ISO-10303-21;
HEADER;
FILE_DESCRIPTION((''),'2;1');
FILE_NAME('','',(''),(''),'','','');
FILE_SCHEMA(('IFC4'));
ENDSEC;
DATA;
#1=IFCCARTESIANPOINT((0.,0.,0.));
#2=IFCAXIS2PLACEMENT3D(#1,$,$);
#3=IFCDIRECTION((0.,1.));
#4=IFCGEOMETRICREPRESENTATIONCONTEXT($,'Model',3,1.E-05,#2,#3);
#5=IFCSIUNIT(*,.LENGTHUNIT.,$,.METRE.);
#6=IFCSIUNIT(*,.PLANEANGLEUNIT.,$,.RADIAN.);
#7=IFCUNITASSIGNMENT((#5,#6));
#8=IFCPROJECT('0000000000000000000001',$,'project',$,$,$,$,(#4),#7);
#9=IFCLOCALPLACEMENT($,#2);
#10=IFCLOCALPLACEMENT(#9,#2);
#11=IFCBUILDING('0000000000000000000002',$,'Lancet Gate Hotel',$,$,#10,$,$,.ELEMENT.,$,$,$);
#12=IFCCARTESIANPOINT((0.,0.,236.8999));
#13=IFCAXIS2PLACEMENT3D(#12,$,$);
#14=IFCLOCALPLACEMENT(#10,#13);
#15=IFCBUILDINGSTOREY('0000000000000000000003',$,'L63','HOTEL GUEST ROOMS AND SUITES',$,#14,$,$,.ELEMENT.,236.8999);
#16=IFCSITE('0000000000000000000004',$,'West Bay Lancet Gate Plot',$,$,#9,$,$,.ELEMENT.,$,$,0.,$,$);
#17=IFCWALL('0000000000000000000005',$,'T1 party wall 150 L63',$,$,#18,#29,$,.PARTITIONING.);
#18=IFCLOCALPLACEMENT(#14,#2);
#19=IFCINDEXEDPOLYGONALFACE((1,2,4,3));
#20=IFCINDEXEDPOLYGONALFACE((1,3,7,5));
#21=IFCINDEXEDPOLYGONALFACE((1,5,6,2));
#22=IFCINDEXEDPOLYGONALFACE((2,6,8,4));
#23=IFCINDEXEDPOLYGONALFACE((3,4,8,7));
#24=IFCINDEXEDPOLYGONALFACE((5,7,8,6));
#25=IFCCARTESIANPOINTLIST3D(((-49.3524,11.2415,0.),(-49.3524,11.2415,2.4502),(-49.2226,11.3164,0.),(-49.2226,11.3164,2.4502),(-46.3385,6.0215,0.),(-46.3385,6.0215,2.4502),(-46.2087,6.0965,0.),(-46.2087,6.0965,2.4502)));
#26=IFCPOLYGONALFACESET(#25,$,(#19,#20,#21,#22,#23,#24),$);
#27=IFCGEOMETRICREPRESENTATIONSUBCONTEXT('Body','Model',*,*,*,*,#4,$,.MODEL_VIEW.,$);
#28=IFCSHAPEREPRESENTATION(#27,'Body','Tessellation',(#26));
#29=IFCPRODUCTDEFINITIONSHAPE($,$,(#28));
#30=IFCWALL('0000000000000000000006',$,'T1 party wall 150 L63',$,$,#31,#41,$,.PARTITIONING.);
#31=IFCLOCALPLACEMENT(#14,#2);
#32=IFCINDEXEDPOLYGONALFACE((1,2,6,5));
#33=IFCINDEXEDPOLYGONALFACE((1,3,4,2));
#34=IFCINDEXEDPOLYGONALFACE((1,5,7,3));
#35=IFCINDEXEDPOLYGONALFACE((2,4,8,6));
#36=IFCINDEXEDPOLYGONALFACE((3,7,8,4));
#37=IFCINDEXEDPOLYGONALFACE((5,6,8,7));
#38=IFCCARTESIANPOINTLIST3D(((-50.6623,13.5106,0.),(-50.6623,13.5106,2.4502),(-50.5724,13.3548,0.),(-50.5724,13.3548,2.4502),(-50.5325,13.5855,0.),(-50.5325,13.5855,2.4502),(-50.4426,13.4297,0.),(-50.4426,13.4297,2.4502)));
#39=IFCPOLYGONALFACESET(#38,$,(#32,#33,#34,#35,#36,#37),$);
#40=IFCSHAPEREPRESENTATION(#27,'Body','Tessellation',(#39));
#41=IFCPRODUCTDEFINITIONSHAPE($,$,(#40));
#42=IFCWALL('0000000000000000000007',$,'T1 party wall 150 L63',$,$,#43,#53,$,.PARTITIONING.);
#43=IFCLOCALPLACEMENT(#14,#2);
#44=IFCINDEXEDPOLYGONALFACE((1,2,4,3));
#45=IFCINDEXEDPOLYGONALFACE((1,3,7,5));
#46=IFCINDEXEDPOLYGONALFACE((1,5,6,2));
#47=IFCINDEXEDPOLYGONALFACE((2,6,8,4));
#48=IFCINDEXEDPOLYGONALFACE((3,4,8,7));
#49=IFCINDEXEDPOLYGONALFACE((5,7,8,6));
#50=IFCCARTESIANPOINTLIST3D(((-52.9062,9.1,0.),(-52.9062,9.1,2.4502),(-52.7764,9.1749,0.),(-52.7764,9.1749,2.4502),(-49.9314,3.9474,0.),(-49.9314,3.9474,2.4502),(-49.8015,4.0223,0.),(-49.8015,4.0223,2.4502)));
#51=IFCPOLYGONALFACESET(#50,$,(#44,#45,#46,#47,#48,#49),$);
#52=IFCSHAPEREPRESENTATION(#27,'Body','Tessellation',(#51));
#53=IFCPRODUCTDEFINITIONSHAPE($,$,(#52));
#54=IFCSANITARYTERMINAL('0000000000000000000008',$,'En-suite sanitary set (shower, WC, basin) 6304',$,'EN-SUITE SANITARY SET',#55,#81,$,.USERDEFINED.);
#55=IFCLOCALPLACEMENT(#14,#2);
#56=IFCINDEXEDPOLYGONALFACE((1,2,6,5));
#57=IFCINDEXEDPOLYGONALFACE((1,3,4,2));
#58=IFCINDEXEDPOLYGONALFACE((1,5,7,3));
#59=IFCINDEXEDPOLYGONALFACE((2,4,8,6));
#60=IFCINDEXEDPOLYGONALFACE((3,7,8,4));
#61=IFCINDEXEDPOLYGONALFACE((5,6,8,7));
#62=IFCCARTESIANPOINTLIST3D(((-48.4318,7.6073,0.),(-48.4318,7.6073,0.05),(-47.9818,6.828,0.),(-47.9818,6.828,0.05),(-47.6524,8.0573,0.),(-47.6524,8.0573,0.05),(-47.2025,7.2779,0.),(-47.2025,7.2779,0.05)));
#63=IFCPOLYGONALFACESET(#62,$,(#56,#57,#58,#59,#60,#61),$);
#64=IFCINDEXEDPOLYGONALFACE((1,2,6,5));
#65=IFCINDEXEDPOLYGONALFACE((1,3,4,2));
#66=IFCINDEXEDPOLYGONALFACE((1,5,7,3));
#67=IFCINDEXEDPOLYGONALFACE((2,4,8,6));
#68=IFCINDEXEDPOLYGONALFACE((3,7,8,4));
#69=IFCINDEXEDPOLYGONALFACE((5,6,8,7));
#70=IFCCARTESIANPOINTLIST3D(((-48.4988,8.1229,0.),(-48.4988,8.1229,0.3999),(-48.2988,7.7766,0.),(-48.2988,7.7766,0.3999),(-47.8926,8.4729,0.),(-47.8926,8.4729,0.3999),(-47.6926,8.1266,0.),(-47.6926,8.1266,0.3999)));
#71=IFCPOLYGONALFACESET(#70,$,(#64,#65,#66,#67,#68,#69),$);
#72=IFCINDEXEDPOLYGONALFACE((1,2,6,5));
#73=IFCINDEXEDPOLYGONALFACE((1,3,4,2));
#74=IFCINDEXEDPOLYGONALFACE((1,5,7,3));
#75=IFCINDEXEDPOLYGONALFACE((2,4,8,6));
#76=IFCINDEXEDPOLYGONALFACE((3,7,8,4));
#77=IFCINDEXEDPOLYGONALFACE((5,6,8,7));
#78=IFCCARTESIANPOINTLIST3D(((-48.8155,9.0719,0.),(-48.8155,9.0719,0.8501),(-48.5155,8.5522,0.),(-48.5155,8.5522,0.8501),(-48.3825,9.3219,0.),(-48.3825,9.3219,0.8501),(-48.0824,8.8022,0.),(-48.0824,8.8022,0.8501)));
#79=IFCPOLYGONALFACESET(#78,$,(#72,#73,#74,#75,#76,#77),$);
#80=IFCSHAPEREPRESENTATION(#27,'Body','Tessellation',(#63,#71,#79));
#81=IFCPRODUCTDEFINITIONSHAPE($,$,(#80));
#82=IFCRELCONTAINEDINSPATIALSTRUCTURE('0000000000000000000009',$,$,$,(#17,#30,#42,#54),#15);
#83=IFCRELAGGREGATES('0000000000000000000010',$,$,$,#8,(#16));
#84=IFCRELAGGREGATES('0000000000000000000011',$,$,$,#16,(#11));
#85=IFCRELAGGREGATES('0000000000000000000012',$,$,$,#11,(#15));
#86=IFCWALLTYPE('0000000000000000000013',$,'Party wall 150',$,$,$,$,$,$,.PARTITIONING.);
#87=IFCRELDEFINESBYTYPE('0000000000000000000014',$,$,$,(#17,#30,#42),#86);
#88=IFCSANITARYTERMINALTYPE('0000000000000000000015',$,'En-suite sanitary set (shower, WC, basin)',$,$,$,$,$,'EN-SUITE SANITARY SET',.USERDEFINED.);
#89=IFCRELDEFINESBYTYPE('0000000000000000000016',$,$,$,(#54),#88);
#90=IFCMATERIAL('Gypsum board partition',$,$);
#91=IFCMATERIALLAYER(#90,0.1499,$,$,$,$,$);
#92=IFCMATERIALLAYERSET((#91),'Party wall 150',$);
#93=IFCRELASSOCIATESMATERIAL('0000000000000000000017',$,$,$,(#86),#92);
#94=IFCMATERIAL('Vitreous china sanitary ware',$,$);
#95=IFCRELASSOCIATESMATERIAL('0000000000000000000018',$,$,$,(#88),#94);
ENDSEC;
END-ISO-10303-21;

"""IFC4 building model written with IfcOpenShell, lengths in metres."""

from ifc_helpers import new_model, si_unit, direction, frame, frame_2d, origin, origin_2d, place, context, subcontext, project, spatial, rectangle, extrude, material, layer, layer_set, type_object, element, save


model = new_model("IFC4")

# Units and contexts
model_context = context("Model", 3, precision=1e-05, world=origin(), true_north=direction((0.0, 1.0)))
body_context = subcontext(model_context, "Body", "Model", "MODEL_VIEW")
ifc_project = project(units=[si_unit("LENGTHUNIT", "METRE"), si_unit("PLANEANGLEUNIT", "RADIAN")], contexts=[model_context])

# Site, building, storey
site_placement = place(None, origin())
site = spatial("IfcSite", under=ifc_project, at=site_placement, Name="West Bay Lancet Gate Plot", CompositionType="ELEMENT", RefElevation=0.0)
building_placement = place(site_placement, origin())
building = spatial("IfcBuilding", under=site, at=building_placement, Name="Lancet Gate Hotel", CompositionType="ELEMENT")
storey_placement = place(building_placement, frame((0.0, 0.0, 236.8999)))
storey = spatial("IfcBuildingStorey", under=building, at=storey_placement, Name="L63", Description="HOTEL GUEST ROOMS AND SUITES", CompositionType="ELEMENT", Elevation=236.8999)

# Walls
ifc_material_1 = material(Name="Gypsum board partition")
ifc_layer_1 = layer(ifc_material_1, 0.1499)
ifc_layer_set_1 = layer_set([ifc_layer_1], Name="Party wall 150")
wall_type_1 = type_object("IfcWallType", Name="Party wall 150", PredefinedType="PARTITIONING", material=ifc_layer_set_1)
wall_1_placement = place(storey_placement, frame((-46.2737, 6.0591, 0.0), z_axis=(0.0, 0.0, 1.0), x_axis=(-0.50002, 0.866014, 0.0)))
element("IfcWall", 1, at=wall_1_placement, inside=storey, type_object=wall_type_1, Name="T1 party wall 150 L63", PredefinedType="PARTITIONING", context=body_context, shape_type="SweptSolid", body=[
    extrude(rectangle(XDim=6.0276, YDim=0.1499, at=frame_2d((3.0137, 0.0))), origin(), (0.0, 0.0, 1.0), 2.4502),
])
wall_2_placement = place(storey_placement, frame((-50.5076, 13.3923, 0.0), z_axis=(0.0, 0.0, 1.0), x_axis=(-0.499644, 0.866231, 0.0)))
element("IfcWall", 2, at=wall_2_placement, inside=storey, type_object=wall_type_1, Name="T1 party wall 150 L63", PredefinedType="PARTITIONING", context=body_context, shape_type="SweptSolid", body=[
    extrude(rectangle(XDim=0.1799, YDim=0.1499, at=frame_2d((0.0898, 0.0))), origin(), (0.0, 0.0, 1.0), 2.4502),
])
wall_3_placement = place(storey_placement, frame((-49.8665, 3.9849, 0.0), z_axis=(0.0, 0.0, 1.0), x_axis=(-0.500001, 0.866025, 0.0)))
element("IfcWall", 3, at=wall_3_placement, inside=storey, type_object=wall_type_1, Name="T1 party wall 150 L63", PredefinedType="PARTITIONING", context=body_context, shape_type="SweptSolid", body=[
    extrude(rectangle(XDim=5.9497, YDim=0.1499, at=frame_2d((2.9749, 0.0))), origin(), (0.0, 0.0, 1.0), 2.4502),
])

# Sanitary terminal
ifc_material_2 = material(Name="Vitreous china sanitary ware")
sanitary_terminal_type = type_object("IfcSanitaryTerminalType", Name="En-suite sanitary set (shower, WC, basin)", ElementType="EN-SUITE SANITARY SET", PredefinedType="USERDEFINED", material=ifc_material_2)
sanitary_terminal_placement = place(storey_placement, frame((-47.8171, 7.4426, 0.0), z_axis=(0.0, 0.0, 1.0), x_axis=(1.0, 0.0, 0.0)))
element("IfcSanitaryTerminal", 4, at=sanitary_terminal_placement, inside=storey, type_object=sanitary_terminal_type, Name="En-suite sanitary set (shower, WC, basin) 6304", ObjectType="EN-SUITE SANITARY SET", PredefinedType="USERDEFINED", context=body_context, shape_type="SweptSolid", body=[
    extrude(rectangle(XDim=0.8999, YDim=0.8999, at=origin_2d()), frame((0.0, 0.0, 0.0), z_axis=(0.0, 0.0, 1.0), x_axis=(0.5, -0.866025, 0.0)), (0.0, 0.0, 1.0), 0.05),
    extrude(rectangle(XDim=0.3999, YDim=0.7, at=origin_2d()), frame((-0.2786, 0.6821, 0.0), z_axis=(0.0, 0.0, 1.0), x_axis=(0.5, -0.866025, 0.0)), (0.0, 0.0, 1.0), 0.3999),
    extrude(rectangle(XDim=0.6001, YDim=0.5, at=origin_2d()), frame((-0.6318, 1.4944, 0.0), z_axis=(0.0, 0.0, 1.0), x_axis=(0.5, -0.866025, 0.0)), (0.0, 0.0, 1.0), 0.8501),
])

save(model, "model.ifc")
